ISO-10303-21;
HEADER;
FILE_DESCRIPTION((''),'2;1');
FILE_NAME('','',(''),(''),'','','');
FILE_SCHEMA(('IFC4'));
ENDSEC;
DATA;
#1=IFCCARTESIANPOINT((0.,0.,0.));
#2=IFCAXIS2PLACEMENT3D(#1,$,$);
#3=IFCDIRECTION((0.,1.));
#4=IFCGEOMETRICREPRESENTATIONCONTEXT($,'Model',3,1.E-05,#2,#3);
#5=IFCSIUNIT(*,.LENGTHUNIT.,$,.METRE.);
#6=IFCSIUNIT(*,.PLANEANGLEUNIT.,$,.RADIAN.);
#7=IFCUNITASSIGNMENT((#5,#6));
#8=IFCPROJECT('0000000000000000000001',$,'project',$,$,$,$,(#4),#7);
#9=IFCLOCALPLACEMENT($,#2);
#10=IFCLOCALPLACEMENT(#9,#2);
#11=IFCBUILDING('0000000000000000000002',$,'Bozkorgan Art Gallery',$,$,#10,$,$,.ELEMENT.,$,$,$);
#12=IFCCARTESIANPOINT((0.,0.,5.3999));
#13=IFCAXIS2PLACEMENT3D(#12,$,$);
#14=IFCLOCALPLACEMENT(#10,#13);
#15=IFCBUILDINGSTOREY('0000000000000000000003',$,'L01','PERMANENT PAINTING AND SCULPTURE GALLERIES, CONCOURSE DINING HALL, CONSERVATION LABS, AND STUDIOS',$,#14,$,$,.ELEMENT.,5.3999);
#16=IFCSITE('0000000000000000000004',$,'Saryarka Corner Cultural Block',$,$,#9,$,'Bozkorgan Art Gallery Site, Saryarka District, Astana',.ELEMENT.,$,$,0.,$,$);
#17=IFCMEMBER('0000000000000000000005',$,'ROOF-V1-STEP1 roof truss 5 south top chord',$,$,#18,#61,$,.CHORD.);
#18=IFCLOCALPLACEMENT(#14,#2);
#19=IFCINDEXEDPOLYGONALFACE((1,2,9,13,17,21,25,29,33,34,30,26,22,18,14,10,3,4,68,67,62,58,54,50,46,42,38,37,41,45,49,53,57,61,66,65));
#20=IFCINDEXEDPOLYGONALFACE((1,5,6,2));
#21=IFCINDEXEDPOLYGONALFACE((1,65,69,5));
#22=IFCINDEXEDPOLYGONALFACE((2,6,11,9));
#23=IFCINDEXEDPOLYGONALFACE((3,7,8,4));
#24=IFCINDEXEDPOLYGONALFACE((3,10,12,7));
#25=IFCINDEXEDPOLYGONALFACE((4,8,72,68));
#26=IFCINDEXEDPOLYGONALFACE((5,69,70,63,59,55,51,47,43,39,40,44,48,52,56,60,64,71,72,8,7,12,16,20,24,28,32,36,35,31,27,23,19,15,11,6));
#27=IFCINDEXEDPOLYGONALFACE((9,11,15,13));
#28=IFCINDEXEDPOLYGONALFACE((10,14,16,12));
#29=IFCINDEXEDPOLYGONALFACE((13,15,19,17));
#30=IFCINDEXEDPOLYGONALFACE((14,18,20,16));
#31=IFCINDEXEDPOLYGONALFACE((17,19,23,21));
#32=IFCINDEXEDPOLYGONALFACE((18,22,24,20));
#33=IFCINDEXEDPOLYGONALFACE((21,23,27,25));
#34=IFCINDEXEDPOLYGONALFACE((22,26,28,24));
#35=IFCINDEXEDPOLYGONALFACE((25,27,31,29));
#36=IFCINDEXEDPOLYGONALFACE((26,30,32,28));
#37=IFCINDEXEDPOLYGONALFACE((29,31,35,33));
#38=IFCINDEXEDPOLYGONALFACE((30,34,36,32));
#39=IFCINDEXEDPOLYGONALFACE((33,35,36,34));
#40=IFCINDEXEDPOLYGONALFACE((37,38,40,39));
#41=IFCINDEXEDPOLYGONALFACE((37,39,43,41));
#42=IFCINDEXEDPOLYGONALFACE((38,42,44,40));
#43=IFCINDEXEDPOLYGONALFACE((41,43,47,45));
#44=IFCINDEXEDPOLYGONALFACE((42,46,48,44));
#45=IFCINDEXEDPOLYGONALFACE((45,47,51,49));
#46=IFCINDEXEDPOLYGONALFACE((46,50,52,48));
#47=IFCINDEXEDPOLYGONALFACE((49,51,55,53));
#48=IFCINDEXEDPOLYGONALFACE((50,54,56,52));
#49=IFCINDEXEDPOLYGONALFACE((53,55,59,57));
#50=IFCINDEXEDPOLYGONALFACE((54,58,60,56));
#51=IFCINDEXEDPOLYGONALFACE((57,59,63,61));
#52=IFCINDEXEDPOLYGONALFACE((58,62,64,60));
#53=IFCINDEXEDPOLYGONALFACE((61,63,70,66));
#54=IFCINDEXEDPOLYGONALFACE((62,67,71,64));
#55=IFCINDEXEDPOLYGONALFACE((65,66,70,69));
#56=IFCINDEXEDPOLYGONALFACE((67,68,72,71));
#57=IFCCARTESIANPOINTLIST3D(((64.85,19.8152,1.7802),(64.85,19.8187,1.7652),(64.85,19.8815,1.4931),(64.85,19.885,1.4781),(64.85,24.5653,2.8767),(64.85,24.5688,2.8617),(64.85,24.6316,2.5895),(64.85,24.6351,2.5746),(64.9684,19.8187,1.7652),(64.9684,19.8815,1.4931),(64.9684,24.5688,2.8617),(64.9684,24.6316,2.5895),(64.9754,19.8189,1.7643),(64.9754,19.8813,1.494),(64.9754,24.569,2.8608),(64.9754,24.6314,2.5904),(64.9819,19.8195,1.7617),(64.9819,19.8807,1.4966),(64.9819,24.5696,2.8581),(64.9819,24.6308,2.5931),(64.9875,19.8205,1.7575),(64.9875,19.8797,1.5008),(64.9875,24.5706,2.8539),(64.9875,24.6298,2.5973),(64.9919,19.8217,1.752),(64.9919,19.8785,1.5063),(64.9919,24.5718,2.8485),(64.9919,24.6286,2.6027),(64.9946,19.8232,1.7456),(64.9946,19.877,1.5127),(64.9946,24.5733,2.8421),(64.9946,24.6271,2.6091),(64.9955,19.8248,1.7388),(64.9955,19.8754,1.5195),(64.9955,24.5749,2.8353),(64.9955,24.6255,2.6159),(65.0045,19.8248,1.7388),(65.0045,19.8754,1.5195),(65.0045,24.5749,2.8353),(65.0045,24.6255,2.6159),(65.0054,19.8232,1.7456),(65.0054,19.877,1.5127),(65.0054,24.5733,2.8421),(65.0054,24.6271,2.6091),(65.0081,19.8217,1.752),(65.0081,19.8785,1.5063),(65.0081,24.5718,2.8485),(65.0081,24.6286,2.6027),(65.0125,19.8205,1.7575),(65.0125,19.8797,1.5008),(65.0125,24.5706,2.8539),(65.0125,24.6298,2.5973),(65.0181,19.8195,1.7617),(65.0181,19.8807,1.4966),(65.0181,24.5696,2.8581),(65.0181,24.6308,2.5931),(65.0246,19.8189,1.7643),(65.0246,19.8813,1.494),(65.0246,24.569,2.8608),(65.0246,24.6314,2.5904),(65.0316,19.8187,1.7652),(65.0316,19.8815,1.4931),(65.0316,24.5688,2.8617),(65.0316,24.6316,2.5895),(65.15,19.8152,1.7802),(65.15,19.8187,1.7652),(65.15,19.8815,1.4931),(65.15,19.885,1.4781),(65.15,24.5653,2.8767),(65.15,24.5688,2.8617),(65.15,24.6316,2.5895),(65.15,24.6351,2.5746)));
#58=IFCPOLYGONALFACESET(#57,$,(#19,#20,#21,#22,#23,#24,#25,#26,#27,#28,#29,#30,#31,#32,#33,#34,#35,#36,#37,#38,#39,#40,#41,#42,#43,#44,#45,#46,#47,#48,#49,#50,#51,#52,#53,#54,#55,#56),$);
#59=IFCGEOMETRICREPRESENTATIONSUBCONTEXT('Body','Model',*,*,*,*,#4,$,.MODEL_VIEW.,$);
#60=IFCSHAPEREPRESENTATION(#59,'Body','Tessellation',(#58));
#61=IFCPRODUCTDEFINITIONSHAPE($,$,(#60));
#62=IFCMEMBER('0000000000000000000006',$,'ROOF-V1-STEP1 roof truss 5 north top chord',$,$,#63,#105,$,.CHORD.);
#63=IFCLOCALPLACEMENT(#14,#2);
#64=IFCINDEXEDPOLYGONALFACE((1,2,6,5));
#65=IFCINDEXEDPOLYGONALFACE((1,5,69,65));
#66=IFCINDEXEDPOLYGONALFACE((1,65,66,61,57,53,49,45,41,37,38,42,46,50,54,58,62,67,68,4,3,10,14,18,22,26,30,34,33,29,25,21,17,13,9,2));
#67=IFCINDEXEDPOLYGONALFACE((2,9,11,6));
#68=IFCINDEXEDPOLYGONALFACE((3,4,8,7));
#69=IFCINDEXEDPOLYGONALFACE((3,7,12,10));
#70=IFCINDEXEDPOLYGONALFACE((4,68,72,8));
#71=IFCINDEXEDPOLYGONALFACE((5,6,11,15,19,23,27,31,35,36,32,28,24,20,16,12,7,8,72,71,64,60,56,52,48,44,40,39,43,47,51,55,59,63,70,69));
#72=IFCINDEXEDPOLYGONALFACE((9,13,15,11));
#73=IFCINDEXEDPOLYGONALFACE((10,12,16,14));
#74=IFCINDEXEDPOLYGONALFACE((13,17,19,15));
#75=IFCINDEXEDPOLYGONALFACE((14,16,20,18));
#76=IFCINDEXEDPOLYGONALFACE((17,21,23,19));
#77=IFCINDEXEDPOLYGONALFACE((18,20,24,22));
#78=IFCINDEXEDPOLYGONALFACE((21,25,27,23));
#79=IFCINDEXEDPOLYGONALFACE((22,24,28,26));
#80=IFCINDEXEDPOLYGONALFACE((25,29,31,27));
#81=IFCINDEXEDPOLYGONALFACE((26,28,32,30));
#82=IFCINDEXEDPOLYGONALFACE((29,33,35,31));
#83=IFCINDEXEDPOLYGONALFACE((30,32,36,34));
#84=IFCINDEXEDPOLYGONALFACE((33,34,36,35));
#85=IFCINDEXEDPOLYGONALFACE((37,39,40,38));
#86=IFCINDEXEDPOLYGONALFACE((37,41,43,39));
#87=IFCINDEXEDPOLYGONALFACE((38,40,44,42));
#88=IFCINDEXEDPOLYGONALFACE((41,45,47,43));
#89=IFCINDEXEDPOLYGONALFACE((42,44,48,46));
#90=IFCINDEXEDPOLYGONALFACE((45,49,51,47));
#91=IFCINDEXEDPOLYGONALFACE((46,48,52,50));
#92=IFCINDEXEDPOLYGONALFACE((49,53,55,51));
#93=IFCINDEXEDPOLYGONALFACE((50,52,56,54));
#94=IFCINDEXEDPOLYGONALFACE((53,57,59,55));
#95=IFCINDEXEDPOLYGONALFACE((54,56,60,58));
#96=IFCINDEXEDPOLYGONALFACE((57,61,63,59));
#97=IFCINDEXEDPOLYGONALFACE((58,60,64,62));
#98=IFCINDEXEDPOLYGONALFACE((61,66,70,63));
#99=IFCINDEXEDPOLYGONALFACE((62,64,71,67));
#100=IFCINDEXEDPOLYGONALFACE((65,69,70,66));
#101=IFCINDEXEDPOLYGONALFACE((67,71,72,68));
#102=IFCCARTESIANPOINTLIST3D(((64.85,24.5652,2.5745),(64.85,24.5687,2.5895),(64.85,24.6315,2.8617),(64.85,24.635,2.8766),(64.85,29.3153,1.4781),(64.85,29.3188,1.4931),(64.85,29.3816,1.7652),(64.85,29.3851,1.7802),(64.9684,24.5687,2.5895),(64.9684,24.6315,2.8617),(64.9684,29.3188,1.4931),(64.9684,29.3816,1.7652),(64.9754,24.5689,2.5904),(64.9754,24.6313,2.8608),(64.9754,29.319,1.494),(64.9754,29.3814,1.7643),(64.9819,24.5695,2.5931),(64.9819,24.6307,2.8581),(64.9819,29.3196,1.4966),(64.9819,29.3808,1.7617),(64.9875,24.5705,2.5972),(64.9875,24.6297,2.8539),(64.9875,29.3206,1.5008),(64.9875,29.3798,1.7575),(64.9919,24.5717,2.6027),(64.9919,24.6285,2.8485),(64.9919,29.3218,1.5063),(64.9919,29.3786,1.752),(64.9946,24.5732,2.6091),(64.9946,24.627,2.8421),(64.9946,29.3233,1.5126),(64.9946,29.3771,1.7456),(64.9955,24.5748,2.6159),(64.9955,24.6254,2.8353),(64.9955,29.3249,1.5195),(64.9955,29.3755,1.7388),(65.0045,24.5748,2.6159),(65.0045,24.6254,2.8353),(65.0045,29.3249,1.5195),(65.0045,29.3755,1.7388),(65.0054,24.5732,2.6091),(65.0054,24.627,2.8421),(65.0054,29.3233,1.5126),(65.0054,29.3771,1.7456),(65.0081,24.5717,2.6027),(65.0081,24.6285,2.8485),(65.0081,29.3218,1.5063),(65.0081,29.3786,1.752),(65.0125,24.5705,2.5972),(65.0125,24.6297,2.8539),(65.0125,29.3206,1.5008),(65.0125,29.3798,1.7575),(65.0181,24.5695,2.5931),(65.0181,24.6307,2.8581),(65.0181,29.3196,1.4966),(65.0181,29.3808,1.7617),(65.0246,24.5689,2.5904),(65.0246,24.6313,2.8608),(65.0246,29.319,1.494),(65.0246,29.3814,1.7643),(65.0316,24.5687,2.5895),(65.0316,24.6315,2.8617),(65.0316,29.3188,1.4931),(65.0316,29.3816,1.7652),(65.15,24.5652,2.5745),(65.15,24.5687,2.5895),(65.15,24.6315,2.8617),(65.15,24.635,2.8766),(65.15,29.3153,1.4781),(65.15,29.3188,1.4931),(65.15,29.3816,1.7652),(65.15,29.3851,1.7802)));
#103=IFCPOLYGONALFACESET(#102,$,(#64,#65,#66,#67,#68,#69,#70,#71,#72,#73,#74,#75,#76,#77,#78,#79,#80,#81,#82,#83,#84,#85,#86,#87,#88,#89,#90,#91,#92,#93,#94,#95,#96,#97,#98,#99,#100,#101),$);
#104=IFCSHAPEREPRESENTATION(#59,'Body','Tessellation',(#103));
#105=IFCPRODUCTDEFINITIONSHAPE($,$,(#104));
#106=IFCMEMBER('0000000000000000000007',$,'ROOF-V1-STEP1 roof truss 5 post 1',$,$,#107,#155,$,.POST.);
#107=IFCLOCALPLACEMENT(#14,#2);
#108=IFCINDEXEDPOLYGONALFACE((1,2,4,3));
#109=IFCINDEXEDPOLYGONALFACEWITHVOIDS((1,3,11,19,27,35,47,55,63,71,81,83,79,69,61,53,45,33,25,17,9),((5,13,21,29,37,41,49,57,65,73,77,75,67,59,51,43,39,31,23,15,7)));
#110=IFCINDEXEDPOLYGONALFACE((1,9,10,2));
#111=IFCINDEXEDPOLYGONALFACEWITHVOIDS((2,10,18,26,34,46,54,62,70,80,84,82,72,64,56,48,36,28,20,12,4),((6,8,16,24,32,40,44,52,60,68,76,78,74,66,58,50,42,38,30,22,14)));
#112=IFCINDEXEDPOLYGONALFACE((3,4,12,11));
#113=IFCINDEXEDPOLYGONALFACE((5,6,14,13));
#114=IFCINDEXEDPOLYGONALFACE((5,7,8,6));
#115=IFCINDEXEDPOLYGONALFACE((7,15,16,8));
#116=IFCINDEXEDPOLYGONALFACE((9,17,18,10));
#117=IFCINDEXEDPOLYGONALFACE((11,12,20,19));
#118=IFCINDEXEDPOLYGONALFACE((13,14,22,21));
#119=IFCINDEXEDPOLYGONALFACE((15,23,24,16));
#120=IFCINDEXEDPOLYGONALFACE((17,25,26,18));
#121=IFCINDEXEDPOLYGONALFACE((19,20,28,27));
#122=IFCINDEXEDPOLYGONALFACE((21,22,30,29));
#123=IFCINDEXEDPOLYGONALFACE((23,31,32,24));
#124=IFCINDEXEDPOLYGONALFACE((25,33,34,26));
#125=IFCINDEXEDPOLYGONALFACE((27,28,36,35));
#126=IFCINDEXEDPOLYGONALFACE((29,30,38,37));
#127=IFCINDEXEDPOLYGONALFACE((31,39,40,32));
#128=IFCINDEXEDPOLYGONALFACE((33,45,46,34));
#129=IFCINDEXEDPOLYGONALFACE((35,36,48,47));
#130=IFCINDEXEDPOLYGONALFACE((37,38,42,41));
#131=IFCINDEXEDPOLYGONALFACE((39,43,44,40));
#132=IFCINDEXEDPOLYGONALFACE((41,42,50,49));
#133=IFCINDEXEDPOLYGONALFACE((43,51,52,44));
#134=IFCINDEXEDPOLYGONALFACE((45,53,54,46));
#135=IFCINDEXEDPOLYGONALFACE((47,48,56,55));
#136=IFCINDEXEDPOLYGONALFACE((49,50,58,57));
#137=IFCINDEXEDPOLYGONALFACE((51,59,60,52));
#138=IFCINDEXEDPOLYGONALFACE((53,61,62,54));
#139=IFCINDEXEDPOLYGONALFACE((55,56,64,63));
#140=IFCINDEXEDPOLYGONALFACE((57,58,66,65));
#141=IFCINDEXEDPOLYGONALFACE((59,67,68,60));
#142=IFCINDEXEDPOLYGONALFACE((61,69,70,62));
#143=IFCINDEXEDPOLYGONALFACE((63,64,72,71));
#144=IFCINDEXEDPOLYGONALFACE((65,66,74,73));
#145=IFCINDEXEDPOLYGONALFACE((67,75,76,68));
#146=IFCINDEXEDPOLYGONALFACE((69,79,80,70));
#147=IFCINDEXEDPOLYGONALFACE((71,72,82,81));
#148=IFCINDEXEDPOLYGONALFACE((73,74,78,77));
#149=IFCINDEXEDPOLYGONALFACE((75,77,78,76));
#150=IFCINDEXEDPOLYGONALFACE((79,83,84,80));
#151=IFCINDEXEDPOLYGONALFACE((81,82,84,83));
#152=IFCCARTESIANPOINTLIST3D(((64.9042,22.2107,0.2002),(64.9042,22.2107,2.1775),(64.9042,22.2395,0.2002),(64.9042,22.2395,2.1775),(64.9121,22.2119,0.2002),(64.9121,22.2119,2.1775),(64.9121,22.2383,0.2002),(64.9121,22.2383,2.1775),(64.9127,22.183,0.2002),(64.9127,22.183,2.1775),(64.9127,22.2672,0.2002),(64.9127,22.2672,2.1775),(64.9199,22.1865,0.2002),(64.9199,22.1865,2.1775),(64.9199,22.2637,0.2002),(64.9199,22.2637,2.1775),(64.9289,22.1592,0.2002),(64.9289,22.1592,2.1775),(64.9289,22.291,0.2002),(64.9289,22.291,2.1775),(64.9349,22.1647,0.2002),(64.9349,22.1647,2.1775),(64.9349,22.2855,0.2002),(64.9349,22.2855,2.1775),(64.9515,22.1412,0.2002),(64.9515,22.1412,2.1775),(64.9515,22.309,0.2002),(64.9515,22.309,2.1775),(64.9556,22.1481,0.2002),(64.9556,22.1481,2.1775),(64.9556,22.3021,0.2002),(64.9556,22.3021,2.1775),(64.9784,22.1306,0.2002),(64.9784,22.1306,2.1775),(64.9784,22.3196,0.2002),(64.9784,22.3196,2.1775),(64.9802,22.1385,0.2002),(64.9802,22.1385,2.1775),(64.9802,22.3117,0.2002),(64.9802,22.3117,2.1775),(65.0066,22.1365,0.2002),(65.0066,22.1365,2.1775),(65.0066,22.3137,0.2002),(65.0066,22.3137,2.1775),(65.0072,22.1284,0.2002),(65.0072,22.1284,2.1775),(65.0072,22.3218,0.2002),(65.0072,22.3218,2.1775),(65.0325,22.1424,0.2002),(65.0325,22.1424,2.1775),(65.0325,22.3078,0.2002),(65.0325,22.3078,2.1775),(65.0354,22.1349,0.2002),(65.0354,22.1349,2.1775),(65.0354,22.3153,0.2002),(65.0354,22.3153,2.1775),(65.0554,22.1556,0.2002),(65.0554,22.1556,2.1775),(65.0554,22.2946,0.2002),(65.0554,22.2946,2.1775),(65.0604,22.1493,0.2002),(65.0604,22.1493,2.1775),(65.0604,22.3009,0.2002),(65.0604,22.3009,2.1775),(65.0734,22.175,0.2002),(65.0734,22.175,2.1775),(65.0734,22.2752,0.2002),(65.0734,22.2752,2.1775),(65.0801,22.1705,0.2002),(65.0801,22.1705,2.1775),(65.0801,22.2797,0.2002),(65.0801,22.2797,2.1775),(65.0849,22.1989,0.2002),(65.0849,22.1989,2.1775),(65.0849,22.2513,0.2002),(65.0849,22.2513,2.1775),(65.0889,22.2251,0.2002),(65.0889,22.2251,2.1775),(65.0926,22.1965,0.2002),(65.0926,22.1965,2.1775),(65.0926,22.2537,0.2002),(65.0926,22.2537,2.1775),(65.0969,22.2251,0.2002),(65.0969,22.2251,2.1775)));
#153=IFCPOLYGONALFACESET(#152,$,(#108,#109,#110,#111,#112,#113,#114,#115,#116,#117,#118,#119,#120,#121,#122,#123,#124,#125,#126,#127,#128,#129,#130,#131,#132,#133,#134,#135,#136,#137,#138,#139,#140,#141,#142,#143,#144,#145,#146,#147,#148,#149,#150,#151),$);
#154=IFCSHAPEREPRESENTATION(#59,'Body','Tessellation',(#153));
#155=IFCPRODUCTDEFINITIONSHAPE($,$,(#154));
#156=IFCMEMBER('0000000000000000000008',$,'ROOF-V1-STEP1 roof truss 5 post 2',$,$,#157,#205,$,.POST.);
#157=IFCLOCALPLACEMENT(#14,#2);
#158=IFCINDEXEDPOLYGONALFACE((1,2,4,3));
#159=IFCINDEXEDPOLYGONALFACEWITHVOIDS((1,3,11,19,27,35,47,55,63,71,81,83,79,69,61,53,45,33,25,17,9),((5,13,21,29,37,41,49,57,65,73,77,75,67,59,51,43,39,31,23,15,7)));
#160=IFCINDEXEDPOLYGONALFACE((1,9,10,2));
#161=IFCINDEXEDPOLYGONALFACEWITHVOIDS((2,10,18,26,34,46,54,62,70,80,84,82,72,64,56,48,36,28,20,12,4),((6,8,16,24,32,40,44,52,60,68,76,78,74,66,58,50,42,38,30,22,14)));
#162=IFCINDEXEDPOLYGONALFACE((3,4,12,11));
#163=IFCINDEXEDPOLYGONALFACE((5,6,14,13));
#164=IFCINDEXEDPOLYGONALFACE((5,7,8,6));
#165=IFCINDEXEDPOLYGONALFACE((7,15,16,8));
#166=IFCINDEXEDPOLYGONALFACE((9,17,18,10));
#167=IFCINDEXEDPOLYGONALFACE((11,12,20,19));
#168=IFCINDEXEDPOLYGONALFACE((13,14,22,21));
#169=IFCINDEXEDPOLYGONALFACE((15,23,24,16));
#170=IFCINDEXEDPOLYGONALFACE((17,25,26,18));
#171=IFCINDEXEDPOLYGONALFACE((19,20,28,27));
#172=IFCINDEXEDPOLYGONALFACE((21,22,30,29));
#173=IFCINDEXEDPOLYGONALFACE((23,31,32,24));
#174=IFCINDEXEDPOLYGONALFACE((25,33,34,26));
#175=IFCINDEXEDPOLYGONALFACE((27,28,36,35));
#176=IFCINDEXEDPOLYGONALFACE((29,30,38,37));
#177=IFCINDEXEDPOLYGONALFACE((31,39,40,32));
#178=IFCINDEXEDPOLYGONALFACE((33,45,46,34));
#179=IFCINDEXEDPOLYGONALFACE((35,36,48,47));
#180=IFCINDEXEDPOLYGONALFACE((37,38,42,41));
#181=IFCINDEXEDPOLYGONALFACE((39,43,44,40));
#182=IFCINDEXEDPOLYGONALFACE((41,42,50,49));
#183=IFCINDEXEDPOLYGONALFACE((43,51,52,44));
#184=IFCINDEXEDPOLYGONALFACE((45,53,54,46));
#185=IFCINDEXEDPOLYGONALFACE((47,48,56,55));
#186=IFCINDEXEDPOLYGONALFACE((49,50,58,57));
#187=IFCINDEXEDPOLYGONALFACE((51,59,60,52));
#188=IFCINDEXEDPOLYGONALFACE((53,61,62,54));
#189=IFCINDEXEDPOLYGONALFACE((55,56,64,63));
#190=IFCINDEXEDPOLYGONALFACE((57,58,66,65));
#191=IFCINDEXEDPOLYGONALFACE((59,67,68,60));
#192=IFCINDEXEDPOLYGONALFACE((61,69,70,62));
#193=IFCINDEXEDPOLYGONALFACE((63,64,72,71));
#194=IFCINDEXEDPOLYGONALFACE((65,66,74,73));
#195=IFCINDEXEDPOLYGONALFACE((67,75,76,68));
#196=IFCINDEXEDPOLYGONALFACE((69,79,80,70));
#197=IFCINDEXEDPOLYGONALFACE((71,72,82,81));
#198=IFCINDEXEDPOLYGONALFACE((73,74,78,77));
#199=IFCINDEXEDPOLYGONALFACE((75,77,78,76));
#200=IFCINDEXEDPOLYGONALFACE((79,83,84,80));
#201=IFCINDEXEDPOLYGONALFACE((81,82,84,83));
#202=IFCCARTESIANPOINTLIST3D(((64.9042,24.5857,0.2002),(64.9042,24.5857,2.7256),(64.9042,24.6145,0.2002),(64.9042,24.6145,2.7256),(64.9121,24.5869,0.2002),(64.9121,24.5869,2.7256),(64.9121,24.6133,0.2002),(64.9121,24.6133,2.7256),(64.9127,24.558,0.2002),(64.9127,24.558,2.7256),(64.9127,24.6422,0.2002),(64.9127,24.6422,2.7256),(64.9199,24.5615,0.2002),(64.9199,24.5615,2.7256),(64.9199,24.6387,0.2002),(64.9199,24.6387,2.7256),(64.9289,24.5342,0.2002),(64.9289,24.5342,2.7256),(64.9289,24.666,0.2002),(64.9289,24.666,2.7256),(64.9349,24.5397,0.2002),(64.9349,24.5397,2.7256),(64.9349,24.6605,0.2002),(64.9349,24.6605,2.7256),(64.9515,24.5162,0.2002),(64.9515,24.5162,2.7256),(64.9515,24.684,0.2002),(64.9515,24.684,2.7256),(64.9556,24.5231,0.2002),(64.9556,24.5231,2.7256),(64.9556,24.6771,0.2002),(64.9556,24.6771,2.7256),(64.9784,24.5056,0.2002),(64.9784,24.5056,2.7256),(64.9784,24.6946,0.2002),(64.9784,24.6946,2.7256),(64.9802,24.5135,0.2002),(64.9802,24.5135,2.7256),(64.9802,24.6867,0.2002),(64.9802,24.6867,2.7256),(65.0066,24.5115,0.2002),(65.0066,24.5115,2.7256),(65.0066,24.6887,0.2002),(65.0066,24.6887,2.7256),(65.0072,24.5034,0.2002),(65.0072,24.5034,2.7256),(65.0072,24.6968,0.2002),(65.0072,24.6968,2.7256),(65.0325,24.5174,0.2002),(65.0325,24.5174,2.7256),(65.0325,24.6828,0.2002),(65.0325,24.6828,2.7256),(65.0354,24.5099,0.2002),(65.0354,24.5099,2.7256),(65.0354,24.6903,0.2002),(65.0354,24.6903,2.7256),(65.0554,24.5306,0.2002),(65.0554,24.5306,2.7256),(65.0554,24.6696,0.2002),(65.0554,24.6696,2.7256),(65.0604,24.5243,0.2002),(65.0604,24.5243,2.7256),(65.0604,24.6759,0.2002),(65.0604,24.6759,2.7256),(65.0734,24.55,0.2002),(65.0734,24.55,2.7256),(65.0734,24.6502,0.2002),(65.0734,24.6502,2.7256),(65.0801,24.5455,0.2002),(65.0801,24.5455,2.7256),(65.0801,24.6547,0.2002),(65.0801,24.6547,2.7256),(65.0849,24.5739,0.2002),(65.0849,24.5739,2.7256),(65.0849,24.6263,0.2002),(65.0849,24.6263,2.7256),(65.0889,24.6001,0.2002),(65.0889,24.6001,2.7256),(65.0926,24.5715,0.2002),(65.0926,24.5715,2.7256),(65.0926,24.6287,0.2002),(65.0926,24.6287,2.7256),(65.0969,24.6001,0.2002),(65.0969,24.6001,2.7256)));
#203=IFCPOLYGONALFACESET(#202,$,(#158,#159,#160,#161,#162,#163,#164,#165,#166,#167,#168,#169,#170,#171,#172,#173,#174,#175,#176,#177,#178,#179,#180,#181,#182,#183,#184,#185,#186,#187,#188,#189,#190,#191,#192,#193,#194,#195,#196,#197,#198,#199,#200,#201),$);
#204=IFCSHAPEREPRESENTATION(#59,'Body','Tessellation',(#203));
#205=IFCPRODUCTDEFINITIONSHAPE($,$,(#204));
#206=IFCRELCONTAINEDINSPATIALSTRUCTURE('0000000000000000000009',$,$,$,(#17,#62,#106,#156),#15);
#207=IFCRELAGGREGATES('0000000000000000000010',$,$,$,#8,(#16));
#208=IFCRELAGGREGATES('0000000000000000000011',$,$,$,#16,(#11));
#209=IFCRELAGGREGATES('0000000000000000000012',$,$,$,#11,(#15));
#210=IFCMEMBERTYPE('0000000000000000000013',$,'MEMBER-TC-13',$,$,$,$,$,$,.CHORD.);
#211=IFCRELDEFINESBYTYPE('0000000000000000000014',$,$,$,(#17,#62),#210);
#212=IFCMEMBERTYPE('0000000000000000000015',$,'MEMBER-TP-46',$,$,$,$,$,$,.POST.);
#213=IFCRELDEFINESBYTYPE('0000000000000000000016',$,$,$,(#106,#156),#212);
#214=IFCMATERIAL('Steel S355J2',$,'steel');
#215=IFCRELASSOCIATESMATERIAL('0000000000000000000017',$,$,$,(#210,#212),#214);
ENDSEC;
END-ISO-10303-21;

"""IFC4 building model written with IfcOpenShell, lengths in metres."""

from ifc_helpers import new_model, si_unit, direction, frame, origin, origin_2d, place, context, subcontext, project, spatial, hollow_circle, i_section, extrude, material, material_profile, profile_set, type_object, element, save


model = new_model("IFC4")

# Units and contexts
model_context = context("Model", 3, precision=1e-05, world=origin(), true_north=direction((0.0, 1.0)))
body_context = subcontext(model_context, "Body", "Model", "MODEL_VIEW")
ifc_project = project(units=[si_unit("LENGTHUNIT", "METRE"), si_unit("PLANEANGLEUNIT", "RADIAN")], contexts=[model_context])

# Site, building, storey
site_placement = place(None, origin())
site = spatial("IfcSite", under=ifc_project, at=site_placement, Name="Saryarka Corner Cultural Block", LongName="Bozkorgan Art Gallery Site, Saryarka District, Astana", CompositionType="ELEMENT", RefElevation=0.0)
building_placement = place(site_placement, origin())
building = spatial("IfcBuilding", under=site, at=building_placement, Name="Bozkorgan Art Gallery", CompositionType="ELEMENT")
storey_placement = place(building_placement, frame((0.0, 0.0, 5.3999)))
storey = spatial("IfcBuildingStorey", under=building, at=storey_placement, Name="L01", Description="PERMANENT PAINTING AND SCULPTURE GALLERIES, CONCOURSE DINING HALL, CONSERVATION LABS, AND STUDIOS", CompositionType="ELEMENT", Elevation=5.3999)

# Shared definitions
ifc_material_1 = material(Name="Steel S355J2", Category="steel")

# Members
ifc_material_profile_1 = material_profile(ifc_material_1, i_section(OverallWidth=0.3, OverallDepth=0.3101, WebThickness=0.009, FlangeThickness=0.0154, FilletRadius=0.0271, at=origin_2d()), Name="HEA 320")
ifc_profile_set_1 = profile_set([ifc_material_profile_1], Name="Steel S355J2")
member_type_1 = type_object("IfcMemberType", Name="MEMBER-TC-13", PredefinedType="CHORD", material=ifc_profile_set_1)
for number, where, z_axis, x_axis, name in (
    (1, (65.0, 19.8501, 1.6292), (0.0, 0.974379, 0.224914), (-1.0, 0.0, 0.0), "ROOF-V1-STEP1 roof truss 5 south top chord"),
    (2, (65.0, 24.6001, 2.7256), (0.0, 0.974379, -0.224914), (-1.0, 0.0, 0.0), "ROOF-V1-STEP1 roof truss 5 north top chord"),
):
    element("IfcMember", number, at=place(storey_placement, frame(where, z_axis=z_axis, x_axis=x_axis)), inside=storey, type_object=member_type_1, Name=name, PredefinedType="CHORD", context=body_context, shape_type="SweptSolid", body=[
        extrude(i_section(OverallWidth=0.3, OverallDepth=0.3101, WebThickness=0.009, FlangeThickness=0.0154, FilletRadius=0.0271, at=origin_2d()), origin(), (0.0, 0.0, 1.0), 4.875),
    ])
ifc_material_profile_2 = material_profile(ifc_material_1, hollow_circle(Radius=0.0969, WallThickness=0.0081, at=origin_2d()), Name="CHS 193.7x8")
ifc_profile_set_2 = profile_set([ifc_material_profile_2], Name="Steel S355J2")
member_type_2 = type_object("IfcMemberType", Name="MEMBER-TP-46", PredefinedType="POST", material=ifc_profile_set_2)
member_1_placement = place(storey_placement, frame((65.0, 22.2251, 0.2002), z_axis=(0.0, 0.0, 1.0), x_axis=(1.0, 0.0, 0.0)))
element("IfcMember", 3, at=member_1_placement, inside=storey, type_object=member_type_2, Name="ROOF-V1-STEP1 roof truss 5 post 1", PredefinedType="POST", context=body_context, shape_type="SweptSolid", body=[
    extrude(hollow_circle(Radius=0.0969, WallThickness=0.0081, at=origin_2d()), origin(), (0.0, 0.0, 1.0), 1.9773),
])
member_2_placement = place(storey_placement, frame((65.0, 24.6001, 0.2002), z_axis=(0.0, 0.0, 1.0), x_axis=(1.0, 0.0, 0.0)))
element("IfcMember", 4, at=member_2_placement, inside=storey, type_object=member_type_2, Name="ROOF-V1-STEP1 roof truss 5 post 2", PredefinedType="POST", context=body_context, shape_type="SweptSolid", body=[
    extrude(hollow_circle(Radius=0.0969, WallThickness=0.0081, at=origin_2d()), origin(), (0.0, 0.0, 1.0), 2.5254),
])

save(model, "model.ifc")
